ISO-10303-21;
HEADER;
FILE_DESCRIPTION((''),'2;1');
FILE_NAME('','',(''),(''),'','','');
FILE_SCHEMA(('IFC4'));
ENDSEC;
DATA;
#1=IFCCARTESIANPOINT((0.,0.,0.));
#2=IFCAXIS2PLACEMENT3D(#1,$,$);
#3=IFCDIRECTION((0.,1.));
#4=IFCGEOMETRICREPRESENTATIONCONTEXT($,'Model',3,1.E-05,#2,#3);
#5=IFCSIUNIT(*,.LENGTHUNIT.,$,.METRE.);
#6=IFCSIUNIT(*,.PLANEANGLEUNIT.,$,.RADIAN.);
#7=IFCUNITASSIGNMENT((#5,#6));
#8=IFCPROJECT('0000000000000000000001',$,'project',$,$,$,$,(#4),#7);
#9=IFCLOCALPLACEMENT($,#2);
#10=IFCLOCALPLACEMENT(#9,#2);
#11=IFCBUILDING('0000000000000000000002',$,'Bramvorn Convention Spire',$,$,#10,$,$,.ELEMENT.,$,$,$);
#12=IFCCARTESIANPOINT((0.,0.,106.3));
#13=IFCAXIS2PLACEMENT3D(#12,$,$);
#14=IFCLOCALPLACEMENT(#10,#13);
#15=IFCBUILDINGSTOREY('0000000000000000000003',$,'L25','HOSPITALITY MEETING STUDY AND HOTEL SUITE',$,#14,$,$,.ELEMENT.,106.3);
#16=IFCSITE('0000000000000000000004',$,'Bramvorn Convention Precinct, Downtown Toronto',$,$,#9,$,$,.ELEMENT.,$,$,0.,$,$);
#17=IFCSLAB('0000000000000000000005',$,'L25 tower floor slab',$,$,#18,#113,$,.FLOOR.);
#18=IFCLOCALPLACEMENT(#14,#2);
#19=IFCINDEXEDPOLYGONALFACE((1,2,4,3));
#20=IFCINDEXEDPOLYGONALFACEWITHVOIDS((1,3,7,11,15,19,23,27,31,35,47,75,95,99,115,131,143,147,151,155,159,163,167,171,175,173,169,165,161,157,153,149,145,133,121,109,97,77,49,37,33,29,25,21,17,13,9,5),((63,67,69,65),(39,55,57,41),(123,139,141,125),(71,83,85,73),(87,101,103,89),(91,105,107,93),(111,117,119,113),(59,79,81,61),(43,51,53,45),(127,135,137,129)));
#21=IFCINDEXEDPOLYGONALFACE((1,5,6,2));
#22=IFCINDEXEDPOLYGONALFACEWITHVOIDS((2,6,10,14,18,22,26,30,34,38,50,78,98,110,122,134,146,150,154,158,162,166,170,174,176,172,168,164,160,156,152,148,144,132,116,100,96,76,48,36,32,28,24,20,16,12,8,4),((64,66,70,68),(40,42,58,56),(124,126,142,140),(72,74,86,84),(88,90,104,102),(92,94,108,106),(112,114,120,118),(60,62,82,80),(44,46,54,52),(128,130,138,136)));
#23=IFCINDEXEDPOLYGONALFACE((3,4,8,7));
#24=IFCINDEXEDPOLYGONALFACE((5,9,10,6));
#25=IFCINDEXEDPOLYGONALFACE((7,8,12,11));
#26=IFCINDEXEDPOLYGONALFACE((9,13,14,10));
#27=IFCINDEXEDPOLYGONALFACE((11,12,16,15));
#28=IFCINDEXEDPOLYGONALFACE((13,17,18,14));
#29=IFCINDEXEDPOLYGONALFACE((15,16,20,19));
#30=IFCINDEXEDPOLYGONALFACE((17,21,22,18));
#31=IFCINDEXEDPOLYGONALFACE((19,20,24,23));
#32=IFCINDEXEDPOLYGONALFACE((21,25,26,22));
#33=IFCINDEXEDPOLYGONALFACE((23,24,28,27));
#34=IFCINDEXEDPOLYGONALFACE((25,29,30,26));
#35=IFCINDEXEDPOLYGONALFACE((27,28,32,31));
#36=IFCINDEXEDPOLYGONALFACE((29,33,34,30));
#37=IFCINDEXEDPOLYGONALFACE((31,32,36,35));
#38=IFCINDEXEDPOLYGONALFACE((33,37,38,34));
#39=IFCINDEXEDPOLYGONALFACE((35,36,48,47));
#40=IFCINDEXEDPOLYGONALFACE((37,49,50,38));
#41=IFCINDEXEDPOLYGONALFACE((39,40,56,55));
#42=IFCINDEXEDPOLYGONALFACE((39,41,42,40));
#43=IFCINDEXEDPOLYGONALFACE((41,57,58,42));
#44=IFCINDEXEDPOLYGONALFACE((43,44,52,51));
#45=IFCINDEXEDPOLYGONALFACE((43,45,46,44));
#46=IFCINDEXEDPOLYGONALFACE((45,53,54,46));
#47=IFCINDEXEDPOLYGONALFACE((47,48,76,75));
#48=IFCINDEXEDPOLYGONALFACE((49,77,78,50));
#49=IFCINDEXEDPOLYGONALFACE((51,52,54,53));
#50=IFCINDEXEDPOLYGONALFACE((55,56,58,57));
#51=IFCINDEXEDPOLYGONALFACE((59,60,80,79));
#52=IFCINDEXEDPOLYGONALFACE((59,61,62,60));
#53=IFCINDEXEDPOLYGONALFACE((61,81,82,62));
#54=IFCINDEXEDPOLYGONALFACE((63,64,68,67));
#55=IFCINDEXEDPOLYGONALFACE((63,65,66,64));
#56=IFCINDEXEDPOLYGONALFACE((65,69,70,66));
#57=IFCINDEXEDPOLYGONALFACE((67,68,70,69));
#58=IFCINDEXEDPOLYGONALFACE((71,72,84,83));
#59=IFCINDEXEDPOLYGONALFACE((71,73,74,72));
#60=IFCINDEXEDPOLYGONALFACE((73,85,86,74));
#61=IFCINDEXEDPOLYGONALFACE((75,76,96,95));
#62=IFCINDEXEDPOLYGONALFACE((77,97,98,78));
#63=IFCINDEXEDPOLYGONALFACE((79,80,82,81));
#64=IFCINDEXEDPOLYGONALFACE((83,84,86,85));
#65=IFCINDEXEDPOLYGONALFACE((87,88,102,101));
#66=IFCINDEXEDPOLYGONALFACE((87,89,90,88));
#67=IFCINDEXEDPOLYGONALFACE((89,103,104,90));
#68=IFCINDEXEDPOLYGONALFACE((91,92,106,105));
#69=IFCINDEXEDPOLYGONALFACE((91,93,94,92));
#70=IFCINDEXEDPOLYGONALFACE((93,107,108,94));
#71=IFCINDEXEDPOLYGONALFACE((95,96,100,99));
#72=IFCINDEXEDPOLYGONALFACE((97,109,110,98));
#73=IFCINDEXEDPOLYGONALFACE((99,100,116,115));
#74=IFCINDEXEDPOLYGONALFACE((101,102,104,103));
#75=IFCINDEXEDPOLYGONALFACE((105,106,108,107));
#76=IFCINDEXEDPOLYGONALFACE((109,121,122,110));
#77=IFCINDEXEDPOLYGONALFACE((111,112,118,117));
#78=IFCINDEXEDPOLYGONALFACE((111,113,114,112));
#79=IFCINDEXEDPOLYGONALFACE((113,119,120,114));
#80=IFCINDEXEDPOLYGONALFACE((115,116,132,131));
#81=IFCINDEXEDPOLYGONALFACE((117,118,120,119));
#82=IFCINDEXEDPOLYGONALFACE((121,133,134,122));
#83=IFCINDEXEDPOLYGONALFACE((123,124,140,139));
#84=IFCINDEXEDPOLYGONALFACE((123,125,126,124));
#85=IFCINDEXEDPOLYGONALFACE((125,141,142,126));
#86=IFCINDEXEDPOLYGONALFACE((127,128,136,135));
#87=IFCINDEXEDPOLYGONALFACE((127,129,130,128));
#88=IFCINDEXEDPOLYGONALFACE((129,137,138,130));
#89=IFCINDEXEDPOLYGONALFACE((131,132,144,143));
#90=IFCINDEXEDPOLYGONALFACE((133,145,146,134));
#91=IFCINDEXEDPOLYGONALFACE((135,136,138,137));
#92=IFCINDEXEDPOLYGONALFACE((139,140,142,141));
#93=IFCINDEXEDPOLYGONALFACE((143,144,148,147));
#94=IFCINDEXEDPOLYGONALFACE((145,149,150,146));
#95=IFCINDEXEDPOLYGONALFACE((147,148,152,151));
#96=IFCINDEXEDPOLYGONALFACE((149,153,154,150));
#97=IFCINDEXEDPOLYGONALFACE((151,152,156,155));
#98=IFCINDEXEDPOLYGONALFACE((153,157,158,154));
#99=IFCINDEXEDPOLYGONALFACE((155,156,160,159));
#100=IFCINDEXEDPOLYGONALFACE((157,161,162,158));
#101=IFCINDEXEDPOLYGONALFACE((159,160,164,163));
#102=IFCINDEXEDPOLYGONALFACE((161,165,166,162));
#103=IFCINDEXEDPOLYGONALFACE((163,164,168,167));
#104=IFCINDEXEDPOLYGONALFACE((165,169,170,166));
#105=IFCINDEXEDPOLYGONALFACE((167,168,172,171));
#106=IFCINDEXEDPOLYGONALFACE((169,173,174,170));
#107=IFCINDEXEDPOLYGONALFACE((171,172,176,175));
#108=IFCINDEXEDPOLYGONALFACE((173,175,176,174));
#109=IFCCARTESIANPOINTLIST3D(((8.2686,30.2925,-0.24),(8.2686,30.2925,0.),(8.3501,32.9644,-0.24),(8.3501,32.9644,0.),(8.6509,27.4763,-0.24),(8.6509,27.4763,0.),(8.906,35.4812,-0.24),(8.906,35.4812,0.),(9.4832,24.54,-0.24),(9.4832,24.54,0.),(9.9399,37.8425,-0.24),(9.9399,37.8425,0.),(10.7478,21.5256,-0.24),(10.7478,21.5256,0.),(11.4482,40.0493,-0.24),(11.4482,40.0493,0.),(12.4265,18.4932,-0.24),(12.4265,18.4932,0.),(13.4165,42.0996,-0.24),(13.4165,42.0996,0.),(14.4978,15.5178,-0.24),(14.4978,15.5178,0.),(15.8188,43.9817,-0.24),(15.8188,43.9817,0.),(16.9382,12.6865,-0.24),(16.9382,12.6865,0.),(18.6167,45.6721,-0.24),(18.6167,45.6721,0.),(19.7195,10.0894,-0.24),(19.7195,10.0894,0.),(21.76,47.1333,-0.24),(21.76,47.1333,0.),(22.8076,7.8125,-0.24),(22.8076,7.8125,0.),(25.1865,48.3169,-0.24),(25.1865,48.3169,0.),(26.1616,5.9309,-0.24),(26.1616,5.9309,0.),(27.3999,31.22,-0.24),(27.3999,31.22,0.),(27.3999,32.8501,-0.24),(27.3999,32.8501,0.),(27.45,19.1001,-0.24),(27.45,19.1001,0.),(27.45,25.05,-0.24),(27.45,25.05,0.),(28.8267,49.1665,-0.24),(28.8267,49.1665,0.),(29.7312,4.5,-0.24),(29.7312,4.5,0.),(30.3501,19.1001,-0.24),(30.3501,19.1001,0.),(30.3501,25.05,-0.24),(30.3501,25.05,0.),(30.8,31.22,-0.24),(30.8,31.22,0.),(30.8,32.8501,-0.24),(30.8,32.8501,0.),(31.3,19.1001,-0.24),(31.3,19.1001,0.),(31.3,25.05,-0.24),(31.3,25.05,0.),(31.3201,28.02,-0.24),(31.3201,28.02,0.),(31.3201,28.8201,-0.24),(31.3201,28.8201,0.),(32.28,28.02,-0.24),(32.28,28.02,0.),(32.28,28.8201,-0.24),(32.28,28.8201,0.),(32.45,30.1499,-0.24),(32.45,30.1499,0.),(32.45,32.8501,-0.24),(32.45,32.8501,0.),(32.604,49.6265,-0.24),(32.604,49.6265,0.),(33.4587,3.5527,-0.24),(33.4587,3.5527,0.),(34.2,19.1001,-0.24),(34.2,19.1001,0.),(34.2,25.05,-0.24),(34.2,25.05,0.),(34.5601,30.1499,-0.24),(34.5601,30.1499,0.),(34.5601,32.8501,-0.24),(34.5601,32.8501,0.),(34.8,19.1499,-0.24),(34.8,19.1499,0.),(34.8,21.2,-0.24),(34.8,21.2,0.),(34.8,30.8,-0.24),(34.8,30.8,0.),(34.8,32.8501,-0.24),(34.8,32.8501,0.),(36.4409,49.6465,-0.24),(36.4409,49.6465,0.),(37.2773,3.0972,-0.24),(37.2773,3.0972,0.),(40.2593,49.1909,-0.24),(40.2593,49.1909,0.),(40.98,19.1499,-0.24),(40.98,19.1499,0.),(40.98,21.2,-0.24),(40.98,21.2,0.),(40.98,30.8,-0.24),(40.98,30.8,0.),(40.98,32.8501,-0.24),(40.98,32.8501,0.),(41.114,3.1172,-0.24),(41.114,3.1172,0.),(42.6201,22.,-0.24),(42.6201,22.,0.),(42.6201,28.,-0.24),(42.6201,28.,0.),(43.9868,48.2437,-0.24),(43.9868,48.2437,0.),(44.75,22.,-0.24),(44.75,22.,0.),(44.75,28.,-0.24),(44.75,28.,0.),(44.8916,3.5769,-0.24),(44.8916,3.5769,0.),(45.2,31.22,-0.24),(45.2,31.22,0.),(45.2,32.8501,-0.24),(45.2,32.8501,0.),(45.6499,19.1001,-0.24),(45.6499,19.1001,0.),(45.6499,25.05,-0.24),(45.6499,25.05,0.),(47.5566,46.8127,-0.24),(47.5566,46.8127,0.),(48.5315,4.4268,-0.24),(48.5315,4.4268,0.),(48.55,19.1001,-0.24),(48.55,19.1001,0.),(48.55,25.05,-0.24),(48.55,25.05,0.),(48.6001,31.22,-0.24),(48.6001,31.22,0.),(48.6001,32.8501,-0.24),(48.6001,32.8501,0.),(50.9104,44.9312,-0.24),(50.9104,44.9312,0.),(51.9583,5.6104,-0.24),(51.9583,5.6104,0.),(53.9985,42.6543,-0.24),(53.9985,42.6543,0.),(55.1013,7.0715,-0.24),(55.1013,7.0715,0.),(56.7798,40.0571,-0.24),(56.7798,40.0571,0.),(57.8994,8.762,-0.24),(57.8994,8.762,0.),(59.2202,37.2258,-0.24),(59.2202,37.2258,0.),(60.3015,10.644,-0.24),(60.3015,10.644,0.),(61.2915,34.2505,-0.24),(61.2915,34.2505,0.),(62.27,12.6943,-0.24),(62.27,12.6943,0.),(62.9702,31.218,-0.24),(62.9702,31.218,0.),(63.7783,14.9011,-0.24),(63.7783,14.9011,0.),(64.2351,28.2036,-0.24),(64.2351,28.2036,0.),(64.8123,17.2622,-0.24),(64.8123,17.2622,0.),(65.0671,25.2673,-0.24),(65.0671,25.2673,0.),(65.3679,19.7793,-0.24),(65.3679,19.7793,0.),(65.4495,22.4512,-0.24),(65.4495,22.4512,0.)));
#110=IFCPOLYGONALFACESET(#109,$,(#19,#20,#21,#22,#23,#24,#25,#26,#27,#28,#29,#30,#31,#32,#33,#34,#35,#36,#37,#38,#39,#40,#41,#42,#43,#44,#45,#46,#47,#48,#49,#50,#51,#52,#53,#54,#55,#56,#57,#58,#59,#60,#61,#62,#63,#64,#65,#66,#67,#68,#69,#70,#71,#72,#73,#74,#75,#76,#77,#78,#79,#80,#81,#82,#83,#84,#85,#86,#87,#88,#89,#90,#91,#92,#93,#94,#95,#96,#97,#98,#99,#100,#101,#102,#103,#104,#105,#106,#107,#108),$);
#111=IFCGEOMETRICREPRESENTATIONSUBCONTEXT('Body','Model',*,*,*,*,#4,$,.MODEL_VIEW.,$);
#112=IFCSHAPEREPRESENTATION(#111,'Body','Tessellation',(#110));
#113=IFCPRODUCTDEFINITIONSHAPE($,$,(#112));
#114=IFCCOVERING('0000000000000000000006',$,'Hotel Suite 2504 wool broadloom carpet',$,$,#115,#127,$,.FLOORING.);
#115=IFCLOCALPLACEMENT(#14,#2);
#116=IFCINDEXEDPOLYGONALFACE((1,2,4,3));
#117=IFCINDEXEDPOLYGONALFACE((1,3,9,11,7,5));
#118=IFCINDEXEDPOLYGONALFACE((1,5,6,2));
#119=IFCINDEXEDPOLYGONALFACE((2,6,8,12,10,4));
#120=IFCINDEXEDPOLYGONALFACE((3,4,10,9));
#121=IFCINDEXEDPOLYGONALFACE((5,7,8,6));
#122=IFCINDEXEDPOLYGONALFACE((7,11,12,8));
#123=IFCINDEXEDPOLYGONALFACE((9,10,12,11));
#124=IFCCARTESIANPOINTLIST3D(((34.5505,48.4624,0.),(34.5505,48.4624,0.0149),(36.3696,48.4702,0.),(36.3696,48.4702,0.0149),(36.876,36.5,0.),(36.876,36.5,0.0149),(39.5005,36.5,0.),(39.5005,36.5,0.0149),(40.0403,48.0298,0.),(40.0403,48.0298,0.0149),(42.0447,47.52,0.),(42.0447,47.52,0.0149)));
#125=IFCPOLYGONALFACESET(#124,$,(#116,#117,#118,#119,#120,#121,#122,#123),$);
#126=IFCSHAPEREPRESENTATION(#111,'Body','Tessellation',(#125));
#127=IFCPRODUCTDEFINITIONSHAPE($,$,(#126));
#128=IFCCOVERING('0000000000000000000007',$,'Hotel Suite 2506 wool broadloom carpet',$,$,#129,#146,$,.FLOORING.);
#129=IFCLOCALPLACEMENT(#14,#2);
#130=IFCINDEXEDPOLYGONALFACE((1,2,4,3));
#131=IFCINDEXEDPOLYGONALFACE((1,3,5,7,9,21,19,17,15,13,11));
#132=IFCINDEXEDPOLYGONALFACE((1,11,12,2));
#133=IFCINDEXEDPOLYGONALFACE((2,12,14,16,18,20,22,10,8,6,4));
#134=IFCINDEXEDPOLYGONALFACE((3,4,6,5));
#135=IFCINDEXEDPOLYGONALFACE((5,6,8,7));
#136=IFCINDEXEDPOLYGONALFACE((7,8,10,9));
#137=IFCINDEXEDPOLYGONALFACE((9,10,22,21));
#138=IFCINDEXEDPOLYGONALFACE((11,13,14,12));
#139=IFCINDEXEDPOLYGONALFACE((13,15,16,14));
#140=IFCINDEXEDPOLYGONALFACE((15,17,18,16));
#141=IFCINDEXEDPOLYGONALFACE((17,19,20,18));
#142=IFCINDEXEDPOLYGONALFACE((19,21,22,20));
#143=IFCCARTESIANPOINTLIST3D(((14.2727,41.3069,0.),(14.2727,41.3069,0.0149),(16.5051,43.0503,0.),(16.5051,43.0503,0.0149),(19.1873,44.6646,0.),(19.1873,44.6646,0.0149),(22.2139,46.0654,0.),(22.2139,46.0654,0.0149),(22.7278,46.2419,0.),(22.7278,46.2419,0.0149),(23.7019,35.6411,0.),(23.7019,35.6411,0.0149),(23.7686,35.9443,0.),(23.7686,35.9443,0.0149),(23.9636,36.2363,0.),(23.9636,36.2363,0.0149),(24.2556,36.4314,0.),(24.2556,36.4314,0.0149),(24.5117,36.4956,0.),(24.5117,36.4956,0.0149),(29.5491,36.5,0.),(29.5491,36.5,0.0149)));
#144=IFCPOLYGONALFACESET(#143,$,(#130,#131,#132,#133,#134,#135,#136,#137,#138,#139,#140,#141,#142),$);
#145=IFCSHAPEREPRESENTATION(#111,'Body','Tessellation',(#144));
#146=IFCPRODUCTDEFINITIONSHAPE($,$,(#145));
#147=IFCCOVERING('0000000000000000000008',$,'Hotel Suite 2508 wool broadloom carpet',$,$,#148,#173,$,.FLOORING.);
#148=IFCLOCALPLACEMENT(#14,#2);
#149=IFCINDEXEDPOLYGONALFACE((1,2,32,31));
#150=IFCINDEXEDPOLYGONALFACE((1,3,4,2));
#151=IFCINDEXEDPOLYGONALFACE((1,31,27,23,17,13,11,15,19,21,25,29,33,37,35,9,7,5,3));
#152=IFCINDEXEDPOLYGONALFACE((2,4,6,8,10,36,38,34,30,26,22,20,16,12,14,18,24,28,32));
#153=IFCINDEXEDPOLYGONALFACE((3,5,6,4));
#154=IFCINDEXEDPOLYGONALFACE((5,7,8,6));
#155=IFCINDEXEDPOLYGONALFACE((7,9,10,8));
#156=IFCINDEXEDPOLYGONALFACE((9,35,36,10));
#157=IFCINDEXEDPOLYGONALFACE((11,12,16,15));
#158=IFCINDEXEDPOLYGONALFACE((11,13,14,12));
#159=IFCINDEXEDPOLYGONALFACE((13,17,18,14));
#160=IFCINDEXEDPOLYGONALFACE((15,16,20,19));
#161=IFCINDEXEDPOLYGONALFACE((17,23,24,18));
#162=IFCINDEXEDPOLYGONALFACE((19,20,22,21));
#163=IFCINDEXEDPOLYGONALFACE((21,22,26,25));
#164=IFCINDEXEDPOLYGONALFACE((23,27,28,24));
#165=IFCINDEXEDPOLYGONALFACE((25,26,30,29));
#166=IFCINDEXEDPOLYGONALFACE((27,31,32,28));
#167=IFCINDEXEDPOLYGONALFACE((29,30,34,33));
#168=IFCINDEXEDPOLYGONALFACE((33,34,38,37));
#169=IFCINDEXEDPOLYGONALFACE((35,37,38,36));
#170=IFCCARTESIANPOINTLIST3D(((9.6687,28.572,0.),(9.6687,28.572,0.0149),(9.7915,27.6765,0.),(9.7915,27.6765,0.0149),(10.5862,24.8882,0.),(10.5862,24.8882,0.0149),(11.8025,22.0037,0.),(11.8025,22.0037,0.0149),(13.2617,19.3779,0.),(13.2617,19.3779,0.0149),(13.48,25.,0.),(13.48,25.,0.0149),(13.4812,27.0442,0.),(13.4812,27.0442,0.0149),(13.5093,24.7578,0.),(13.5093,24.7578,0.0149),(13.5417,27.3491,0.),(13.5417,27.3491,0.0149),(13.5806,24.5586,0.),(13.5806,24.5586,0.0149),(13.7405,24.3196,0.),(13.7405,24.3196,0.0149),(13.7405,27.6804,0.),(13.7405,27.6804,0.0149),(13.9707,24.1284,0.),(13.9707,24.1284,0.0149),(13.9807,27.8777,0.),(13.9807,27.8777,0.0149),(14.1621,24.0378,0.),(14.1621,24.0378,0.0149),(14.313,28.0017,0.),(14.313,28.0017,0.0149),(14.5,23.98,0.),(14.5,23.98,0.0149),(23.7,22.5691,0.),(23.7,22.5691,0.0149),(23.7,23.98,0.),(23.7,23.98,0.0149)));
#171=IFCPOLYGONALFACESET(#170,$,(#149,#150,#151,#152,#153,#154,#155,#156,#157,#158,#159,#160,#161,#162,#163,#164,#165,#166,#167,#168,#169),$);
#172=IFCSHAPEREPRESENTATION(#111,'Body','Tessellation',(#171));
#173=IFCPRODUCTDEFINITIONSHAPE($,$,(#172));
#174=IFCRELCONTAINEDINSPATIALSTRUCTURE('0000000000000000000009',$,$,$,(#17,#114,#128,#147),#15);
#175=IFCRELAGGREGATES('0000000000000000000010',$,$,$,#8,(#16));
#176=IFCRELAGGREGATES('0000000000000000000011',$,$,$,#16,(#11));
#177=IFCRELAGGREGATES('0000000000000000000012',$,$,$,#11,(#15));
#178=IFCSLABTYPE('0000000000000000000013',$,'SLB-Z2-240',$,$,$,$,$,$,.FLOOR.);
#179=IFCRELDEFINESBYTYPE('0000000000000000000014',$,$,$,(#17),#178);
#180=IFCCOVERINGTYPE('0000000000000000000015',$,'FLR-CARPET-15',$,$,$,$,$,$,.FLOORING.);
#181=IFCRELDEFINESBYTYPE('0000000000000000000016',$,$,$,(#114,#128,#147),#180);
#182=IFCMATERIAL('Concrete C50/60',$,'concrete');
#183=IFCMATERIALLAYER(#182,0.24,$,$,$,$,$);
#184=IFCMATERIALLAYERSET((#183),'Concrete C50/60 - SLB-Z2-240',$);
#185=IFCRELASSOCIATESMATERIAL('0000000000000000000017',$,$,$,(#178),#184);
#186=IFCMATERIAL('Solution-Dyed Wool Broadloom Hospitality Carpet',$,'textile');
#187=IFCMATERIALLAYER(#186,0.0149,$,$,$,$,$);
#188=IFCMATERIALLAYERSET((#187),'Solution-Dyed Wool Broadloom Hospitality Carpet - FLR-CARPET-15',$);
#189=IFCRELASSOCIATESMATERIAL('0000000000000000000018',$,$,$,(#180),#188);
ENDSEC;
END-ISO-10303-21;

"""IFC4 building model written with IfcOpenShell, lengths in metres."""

from ifc_helpers import new_model, si_unit, direction, frame, origin, place, context, subcontext, project, spatial, polyline, outline, extrude, material, layer, layer_set, type_object, element, save


model = new_model("IFC4")

# Units and contexts
model_context = context("Model", 3, precision=1e-05, world=origin(), true_north=direction((0.0, 1.0)))
body_context = subcontext(model_context, "Body", "Model", "MODEL_VIEW")
ifc_project = project(units=[si_unit("LENGTHUNIT", "METRE"), si_unit("PLANEANGLEUNIT", "RADIAN")], contexts=[model_context])

# Site, building, storey
site_placement = place(None, origin())
site = spatial("IfcSite", under=ifc_project, at=site_placement, Name="Bramvorn Convention Precinct, Downtown Toronto", CompositionType="ELEMENT", RefElevation=0.0)
building_placement = place(site_placement, origin())
building = spatial("IfcBuilding", under=site, at=building_placement, Name="Bramvorn Convention Spire", CompositionType="ELEMENT")
storey_placement = place(building_placement, frame((0.0, 0.0, 106.3)))
storey = spatial("IfcBuildingStorey", under=building, at=storey_placement, Name="L25", Description="HOSPITALITY MEETING STUDY AND HOTEL SUITE", CompositionType="ELEMENT", Elevation=106.3)

# Slab
ifc_material_1 = material(Name="Concrete C50/60", Category="concrete")
ifc_layer_1 = layer(ifc_material_1, 0.24)
ifc_layer_set_1 = layer_set([ifc_layer_1], Name="Concrete C50/60 - SLB-Z2-240")
slab_type_1 = type_object("IfcSlabType", Name="SLB-Z2-240", PredefinedType="FLOOR", material=ifc_layer_set_1)
slab_1_placement = place(storey_placement, frame((0.0, 0.0, -0.24)))
element("IfcSlab", 1, at=slab_1_placement, inside=storey, type_object=slab_type_1, Name="L25 tower floor slab", PredefinedType="FLOOR", context=body_context, shape_type="SweptSolid", body=[
    extrude(outline(polyline([(64.8123, 17.2622), (65.3679, 19.7793), (65.4495, 22.4512), (65.0671, 25.2673), (64.2351, 28.2036), (62.9702, 31.218), (61.2915, 34.2505), (59.2202, 37.2258), (56.7798, 40.0571), (53.9985, 42.6543), (50.9104, 44.9312), (47.5566, 46.8127), (43.9868, 48.2437), (40.2593, 49.1909), (36.4409, 49.6465), (32.604, 49.6265), (28.8267, 49.1665), (25.1865, 48.3169), (21.76, 47.1333), (18.6167, 45.6721), (15.8188, 43.9817), (13.4165, 42.0996), (11.4482, 40.0493), (9.9399, 37.8425), (8.906, 35.4812), (8.3501, 32.9644), (8.2686, 30.2925), (8.6509, 27.4763), (9.4832, 24.54), (10.7478, 21.5256), (12.4265, 18.4932), (14.4978, 15.5178), (16.9382, 12.6865), (19.7195, 10.0894), (22.8076, 7.8125), (26.1616, 5.9309), (29.7312, 4.5), (33.4587, 3.5527), (37.2773, 3.0972), (41.114, 3.1172), (44.8916, 3.5769), (48.5315, 4.4268), (51.9583, 5.6104), (55.1013, 7.0715), (57.8994, 8.762), (60.3015, 10.644), (62.27, 12.6943), (63.7783, 14.9011), (64.8123, 17.2622)]), holes=[polyline([(27.45, 25.05), (27.45, 19.1001), (30.3501, 19.1001), (30.3501, 25.05), (27.45, 25.05)]), polyline([(45.6499, 25.05), (45.6499, 19.1001), (48.55, 19.1001), (48.55, 25.05), (45.6499, 25.05)]), polyline([(31.3, 25.05), (31.3, 19.1001), (34.2, 19.1001), (34.2, 25.05), (31.3, 25.05)]), polyline([(27.3999, 31.22), (30.8, 31.22), (30.8, 32.8501), (27.3999, 32.8501), (27.3999, 31.22)]), polyline([(45.2, 31.22), (48.6001, 31.22), (48.6001, 32.8501), (45.2, 32.8501), (45.2, 31.22)]), polyline([(32.45, 30.1499), (34.5601, 30.1499), (34.5601, 32.8501), (32.45, 32.8501), (32.45, 30.1499)]), polyline([(34.8, 30.8), (40.98, 30.8), (40.98, 32.8501), (34.8, 32.8501), (34.8, 30.8)]), polyline([(34.8, 19.1499), (40.98, 19.1499), (40.98, 21.2), (34.8, 21.2), (34.8, 19.1499)]), polyline([(42.6201, 22.0), (44.75, 22.0), (44.75, 28.0), (42.6201, 28.0), (42.6201, 22.0)]), polyline([(31.3201, 28.02), (32.28, 28.02), (32.28, 28.8201), (31.3201, 28.8201), (31.3201, 28.02)])]), origin(), (0.0, 0.0, 1.0), 0.24),
])

# Coverings
ifc_material_2 = material(Name="Solution-Dyed Wool Broadloom Hospitality Carpet", Category="textile")
ifc_layer_2 = layer(ifc_material_2, 0.0149)
ifc_layer_set_2 = layer_set([ifc_layer_2], Name="Solution-Dyed Wool Broadloom Hospitality Carpet - FLR-CARPET-15")
covering_type = type_object("IfcCoveringType", Name="FLR-CARPET-15", PredefinedType="FLOORING", material=ifc_layer_set_2)
covering_1_placement = place(storey_placement, origin())
element("IfcCovering", 2, at=covering_1_placement, inside=storey, type_object=covering_type, Name="Hotel Suite 2504 wool broadloom carpet", PredefinedType="FLOORING", context=body_context, shape_type="SweptSolid", body=[
    extrude(outline(polyline([(36.3696, 48.4702), (34.5505, 48.4624), (36.876, 36.5), (39.5005, 36.5), (42.0447, 47.52), (40.0403, 48.0298), (36.3696, 48.4702)])), origin(), (0.0, 0.0, 1.0), 0.0149),
])
covering_2_placement = place(storey_placement, origin())
element("IfcCovering", 3, at=covering_2_placement, inside=storey, type_object=covering_type, Name="Hotel Suite 2506 wool broadloom carpet", PredefinedType="FLOORING", context=body_context, shape_type="SweptSolid", body=[
    extrude(outline(polyline([(23.7019, 35.6411), (23.7686, 35.9443), (23.9636, 36.2363), (24.2556, 36.4314), (24.5117, 36.4956), (29.5491, 36.5), (22.7278, 46.2419), (22.2139, 46.0654), (19.1873, 44.6646), (16.5051, 43.0503), (14.2727, 41.3069), (23.7019, 35.6411)])), origin(), (0.0, 0.0, 1.0), 0.0149),
])
covering_3_placement = place(storey_placement, origin())
element("IfcCovering", 4, at=covering_3_placement, inside=storey, type_object=covering_type, Name="Hotel Suite 2508 wool broadloom carpet", PredefinedType="FLOORING", context=body_context, shape_type="SweptSolid", body=[
    extrude(outline(polyline([(13.2617, 19.3779), (23.7, 22.5691), (23.7, 23.98), (14.5, 23.98), (14.1621, 24.0378), (13.9707, 24.1284), (13.7405, 24.3196), (13.5806, 24.5586), (13.5093, 24.7578), (13.48, 25.0), (13.4812, 27.0442), (13.5417, 27.3491), (13.7405, 27.6804), (13.9807, 27.8777), (14.313, 28.0017), (9.6687, 28.572), (9.7915, 27.6765), (10.5862, 24.8882), (11.8025, 22.0037), (13.2617, 19.3779)])), origin(), (0.0, 0.0, 1.0), 0.0149),
])

save(model, "model.ifc")
